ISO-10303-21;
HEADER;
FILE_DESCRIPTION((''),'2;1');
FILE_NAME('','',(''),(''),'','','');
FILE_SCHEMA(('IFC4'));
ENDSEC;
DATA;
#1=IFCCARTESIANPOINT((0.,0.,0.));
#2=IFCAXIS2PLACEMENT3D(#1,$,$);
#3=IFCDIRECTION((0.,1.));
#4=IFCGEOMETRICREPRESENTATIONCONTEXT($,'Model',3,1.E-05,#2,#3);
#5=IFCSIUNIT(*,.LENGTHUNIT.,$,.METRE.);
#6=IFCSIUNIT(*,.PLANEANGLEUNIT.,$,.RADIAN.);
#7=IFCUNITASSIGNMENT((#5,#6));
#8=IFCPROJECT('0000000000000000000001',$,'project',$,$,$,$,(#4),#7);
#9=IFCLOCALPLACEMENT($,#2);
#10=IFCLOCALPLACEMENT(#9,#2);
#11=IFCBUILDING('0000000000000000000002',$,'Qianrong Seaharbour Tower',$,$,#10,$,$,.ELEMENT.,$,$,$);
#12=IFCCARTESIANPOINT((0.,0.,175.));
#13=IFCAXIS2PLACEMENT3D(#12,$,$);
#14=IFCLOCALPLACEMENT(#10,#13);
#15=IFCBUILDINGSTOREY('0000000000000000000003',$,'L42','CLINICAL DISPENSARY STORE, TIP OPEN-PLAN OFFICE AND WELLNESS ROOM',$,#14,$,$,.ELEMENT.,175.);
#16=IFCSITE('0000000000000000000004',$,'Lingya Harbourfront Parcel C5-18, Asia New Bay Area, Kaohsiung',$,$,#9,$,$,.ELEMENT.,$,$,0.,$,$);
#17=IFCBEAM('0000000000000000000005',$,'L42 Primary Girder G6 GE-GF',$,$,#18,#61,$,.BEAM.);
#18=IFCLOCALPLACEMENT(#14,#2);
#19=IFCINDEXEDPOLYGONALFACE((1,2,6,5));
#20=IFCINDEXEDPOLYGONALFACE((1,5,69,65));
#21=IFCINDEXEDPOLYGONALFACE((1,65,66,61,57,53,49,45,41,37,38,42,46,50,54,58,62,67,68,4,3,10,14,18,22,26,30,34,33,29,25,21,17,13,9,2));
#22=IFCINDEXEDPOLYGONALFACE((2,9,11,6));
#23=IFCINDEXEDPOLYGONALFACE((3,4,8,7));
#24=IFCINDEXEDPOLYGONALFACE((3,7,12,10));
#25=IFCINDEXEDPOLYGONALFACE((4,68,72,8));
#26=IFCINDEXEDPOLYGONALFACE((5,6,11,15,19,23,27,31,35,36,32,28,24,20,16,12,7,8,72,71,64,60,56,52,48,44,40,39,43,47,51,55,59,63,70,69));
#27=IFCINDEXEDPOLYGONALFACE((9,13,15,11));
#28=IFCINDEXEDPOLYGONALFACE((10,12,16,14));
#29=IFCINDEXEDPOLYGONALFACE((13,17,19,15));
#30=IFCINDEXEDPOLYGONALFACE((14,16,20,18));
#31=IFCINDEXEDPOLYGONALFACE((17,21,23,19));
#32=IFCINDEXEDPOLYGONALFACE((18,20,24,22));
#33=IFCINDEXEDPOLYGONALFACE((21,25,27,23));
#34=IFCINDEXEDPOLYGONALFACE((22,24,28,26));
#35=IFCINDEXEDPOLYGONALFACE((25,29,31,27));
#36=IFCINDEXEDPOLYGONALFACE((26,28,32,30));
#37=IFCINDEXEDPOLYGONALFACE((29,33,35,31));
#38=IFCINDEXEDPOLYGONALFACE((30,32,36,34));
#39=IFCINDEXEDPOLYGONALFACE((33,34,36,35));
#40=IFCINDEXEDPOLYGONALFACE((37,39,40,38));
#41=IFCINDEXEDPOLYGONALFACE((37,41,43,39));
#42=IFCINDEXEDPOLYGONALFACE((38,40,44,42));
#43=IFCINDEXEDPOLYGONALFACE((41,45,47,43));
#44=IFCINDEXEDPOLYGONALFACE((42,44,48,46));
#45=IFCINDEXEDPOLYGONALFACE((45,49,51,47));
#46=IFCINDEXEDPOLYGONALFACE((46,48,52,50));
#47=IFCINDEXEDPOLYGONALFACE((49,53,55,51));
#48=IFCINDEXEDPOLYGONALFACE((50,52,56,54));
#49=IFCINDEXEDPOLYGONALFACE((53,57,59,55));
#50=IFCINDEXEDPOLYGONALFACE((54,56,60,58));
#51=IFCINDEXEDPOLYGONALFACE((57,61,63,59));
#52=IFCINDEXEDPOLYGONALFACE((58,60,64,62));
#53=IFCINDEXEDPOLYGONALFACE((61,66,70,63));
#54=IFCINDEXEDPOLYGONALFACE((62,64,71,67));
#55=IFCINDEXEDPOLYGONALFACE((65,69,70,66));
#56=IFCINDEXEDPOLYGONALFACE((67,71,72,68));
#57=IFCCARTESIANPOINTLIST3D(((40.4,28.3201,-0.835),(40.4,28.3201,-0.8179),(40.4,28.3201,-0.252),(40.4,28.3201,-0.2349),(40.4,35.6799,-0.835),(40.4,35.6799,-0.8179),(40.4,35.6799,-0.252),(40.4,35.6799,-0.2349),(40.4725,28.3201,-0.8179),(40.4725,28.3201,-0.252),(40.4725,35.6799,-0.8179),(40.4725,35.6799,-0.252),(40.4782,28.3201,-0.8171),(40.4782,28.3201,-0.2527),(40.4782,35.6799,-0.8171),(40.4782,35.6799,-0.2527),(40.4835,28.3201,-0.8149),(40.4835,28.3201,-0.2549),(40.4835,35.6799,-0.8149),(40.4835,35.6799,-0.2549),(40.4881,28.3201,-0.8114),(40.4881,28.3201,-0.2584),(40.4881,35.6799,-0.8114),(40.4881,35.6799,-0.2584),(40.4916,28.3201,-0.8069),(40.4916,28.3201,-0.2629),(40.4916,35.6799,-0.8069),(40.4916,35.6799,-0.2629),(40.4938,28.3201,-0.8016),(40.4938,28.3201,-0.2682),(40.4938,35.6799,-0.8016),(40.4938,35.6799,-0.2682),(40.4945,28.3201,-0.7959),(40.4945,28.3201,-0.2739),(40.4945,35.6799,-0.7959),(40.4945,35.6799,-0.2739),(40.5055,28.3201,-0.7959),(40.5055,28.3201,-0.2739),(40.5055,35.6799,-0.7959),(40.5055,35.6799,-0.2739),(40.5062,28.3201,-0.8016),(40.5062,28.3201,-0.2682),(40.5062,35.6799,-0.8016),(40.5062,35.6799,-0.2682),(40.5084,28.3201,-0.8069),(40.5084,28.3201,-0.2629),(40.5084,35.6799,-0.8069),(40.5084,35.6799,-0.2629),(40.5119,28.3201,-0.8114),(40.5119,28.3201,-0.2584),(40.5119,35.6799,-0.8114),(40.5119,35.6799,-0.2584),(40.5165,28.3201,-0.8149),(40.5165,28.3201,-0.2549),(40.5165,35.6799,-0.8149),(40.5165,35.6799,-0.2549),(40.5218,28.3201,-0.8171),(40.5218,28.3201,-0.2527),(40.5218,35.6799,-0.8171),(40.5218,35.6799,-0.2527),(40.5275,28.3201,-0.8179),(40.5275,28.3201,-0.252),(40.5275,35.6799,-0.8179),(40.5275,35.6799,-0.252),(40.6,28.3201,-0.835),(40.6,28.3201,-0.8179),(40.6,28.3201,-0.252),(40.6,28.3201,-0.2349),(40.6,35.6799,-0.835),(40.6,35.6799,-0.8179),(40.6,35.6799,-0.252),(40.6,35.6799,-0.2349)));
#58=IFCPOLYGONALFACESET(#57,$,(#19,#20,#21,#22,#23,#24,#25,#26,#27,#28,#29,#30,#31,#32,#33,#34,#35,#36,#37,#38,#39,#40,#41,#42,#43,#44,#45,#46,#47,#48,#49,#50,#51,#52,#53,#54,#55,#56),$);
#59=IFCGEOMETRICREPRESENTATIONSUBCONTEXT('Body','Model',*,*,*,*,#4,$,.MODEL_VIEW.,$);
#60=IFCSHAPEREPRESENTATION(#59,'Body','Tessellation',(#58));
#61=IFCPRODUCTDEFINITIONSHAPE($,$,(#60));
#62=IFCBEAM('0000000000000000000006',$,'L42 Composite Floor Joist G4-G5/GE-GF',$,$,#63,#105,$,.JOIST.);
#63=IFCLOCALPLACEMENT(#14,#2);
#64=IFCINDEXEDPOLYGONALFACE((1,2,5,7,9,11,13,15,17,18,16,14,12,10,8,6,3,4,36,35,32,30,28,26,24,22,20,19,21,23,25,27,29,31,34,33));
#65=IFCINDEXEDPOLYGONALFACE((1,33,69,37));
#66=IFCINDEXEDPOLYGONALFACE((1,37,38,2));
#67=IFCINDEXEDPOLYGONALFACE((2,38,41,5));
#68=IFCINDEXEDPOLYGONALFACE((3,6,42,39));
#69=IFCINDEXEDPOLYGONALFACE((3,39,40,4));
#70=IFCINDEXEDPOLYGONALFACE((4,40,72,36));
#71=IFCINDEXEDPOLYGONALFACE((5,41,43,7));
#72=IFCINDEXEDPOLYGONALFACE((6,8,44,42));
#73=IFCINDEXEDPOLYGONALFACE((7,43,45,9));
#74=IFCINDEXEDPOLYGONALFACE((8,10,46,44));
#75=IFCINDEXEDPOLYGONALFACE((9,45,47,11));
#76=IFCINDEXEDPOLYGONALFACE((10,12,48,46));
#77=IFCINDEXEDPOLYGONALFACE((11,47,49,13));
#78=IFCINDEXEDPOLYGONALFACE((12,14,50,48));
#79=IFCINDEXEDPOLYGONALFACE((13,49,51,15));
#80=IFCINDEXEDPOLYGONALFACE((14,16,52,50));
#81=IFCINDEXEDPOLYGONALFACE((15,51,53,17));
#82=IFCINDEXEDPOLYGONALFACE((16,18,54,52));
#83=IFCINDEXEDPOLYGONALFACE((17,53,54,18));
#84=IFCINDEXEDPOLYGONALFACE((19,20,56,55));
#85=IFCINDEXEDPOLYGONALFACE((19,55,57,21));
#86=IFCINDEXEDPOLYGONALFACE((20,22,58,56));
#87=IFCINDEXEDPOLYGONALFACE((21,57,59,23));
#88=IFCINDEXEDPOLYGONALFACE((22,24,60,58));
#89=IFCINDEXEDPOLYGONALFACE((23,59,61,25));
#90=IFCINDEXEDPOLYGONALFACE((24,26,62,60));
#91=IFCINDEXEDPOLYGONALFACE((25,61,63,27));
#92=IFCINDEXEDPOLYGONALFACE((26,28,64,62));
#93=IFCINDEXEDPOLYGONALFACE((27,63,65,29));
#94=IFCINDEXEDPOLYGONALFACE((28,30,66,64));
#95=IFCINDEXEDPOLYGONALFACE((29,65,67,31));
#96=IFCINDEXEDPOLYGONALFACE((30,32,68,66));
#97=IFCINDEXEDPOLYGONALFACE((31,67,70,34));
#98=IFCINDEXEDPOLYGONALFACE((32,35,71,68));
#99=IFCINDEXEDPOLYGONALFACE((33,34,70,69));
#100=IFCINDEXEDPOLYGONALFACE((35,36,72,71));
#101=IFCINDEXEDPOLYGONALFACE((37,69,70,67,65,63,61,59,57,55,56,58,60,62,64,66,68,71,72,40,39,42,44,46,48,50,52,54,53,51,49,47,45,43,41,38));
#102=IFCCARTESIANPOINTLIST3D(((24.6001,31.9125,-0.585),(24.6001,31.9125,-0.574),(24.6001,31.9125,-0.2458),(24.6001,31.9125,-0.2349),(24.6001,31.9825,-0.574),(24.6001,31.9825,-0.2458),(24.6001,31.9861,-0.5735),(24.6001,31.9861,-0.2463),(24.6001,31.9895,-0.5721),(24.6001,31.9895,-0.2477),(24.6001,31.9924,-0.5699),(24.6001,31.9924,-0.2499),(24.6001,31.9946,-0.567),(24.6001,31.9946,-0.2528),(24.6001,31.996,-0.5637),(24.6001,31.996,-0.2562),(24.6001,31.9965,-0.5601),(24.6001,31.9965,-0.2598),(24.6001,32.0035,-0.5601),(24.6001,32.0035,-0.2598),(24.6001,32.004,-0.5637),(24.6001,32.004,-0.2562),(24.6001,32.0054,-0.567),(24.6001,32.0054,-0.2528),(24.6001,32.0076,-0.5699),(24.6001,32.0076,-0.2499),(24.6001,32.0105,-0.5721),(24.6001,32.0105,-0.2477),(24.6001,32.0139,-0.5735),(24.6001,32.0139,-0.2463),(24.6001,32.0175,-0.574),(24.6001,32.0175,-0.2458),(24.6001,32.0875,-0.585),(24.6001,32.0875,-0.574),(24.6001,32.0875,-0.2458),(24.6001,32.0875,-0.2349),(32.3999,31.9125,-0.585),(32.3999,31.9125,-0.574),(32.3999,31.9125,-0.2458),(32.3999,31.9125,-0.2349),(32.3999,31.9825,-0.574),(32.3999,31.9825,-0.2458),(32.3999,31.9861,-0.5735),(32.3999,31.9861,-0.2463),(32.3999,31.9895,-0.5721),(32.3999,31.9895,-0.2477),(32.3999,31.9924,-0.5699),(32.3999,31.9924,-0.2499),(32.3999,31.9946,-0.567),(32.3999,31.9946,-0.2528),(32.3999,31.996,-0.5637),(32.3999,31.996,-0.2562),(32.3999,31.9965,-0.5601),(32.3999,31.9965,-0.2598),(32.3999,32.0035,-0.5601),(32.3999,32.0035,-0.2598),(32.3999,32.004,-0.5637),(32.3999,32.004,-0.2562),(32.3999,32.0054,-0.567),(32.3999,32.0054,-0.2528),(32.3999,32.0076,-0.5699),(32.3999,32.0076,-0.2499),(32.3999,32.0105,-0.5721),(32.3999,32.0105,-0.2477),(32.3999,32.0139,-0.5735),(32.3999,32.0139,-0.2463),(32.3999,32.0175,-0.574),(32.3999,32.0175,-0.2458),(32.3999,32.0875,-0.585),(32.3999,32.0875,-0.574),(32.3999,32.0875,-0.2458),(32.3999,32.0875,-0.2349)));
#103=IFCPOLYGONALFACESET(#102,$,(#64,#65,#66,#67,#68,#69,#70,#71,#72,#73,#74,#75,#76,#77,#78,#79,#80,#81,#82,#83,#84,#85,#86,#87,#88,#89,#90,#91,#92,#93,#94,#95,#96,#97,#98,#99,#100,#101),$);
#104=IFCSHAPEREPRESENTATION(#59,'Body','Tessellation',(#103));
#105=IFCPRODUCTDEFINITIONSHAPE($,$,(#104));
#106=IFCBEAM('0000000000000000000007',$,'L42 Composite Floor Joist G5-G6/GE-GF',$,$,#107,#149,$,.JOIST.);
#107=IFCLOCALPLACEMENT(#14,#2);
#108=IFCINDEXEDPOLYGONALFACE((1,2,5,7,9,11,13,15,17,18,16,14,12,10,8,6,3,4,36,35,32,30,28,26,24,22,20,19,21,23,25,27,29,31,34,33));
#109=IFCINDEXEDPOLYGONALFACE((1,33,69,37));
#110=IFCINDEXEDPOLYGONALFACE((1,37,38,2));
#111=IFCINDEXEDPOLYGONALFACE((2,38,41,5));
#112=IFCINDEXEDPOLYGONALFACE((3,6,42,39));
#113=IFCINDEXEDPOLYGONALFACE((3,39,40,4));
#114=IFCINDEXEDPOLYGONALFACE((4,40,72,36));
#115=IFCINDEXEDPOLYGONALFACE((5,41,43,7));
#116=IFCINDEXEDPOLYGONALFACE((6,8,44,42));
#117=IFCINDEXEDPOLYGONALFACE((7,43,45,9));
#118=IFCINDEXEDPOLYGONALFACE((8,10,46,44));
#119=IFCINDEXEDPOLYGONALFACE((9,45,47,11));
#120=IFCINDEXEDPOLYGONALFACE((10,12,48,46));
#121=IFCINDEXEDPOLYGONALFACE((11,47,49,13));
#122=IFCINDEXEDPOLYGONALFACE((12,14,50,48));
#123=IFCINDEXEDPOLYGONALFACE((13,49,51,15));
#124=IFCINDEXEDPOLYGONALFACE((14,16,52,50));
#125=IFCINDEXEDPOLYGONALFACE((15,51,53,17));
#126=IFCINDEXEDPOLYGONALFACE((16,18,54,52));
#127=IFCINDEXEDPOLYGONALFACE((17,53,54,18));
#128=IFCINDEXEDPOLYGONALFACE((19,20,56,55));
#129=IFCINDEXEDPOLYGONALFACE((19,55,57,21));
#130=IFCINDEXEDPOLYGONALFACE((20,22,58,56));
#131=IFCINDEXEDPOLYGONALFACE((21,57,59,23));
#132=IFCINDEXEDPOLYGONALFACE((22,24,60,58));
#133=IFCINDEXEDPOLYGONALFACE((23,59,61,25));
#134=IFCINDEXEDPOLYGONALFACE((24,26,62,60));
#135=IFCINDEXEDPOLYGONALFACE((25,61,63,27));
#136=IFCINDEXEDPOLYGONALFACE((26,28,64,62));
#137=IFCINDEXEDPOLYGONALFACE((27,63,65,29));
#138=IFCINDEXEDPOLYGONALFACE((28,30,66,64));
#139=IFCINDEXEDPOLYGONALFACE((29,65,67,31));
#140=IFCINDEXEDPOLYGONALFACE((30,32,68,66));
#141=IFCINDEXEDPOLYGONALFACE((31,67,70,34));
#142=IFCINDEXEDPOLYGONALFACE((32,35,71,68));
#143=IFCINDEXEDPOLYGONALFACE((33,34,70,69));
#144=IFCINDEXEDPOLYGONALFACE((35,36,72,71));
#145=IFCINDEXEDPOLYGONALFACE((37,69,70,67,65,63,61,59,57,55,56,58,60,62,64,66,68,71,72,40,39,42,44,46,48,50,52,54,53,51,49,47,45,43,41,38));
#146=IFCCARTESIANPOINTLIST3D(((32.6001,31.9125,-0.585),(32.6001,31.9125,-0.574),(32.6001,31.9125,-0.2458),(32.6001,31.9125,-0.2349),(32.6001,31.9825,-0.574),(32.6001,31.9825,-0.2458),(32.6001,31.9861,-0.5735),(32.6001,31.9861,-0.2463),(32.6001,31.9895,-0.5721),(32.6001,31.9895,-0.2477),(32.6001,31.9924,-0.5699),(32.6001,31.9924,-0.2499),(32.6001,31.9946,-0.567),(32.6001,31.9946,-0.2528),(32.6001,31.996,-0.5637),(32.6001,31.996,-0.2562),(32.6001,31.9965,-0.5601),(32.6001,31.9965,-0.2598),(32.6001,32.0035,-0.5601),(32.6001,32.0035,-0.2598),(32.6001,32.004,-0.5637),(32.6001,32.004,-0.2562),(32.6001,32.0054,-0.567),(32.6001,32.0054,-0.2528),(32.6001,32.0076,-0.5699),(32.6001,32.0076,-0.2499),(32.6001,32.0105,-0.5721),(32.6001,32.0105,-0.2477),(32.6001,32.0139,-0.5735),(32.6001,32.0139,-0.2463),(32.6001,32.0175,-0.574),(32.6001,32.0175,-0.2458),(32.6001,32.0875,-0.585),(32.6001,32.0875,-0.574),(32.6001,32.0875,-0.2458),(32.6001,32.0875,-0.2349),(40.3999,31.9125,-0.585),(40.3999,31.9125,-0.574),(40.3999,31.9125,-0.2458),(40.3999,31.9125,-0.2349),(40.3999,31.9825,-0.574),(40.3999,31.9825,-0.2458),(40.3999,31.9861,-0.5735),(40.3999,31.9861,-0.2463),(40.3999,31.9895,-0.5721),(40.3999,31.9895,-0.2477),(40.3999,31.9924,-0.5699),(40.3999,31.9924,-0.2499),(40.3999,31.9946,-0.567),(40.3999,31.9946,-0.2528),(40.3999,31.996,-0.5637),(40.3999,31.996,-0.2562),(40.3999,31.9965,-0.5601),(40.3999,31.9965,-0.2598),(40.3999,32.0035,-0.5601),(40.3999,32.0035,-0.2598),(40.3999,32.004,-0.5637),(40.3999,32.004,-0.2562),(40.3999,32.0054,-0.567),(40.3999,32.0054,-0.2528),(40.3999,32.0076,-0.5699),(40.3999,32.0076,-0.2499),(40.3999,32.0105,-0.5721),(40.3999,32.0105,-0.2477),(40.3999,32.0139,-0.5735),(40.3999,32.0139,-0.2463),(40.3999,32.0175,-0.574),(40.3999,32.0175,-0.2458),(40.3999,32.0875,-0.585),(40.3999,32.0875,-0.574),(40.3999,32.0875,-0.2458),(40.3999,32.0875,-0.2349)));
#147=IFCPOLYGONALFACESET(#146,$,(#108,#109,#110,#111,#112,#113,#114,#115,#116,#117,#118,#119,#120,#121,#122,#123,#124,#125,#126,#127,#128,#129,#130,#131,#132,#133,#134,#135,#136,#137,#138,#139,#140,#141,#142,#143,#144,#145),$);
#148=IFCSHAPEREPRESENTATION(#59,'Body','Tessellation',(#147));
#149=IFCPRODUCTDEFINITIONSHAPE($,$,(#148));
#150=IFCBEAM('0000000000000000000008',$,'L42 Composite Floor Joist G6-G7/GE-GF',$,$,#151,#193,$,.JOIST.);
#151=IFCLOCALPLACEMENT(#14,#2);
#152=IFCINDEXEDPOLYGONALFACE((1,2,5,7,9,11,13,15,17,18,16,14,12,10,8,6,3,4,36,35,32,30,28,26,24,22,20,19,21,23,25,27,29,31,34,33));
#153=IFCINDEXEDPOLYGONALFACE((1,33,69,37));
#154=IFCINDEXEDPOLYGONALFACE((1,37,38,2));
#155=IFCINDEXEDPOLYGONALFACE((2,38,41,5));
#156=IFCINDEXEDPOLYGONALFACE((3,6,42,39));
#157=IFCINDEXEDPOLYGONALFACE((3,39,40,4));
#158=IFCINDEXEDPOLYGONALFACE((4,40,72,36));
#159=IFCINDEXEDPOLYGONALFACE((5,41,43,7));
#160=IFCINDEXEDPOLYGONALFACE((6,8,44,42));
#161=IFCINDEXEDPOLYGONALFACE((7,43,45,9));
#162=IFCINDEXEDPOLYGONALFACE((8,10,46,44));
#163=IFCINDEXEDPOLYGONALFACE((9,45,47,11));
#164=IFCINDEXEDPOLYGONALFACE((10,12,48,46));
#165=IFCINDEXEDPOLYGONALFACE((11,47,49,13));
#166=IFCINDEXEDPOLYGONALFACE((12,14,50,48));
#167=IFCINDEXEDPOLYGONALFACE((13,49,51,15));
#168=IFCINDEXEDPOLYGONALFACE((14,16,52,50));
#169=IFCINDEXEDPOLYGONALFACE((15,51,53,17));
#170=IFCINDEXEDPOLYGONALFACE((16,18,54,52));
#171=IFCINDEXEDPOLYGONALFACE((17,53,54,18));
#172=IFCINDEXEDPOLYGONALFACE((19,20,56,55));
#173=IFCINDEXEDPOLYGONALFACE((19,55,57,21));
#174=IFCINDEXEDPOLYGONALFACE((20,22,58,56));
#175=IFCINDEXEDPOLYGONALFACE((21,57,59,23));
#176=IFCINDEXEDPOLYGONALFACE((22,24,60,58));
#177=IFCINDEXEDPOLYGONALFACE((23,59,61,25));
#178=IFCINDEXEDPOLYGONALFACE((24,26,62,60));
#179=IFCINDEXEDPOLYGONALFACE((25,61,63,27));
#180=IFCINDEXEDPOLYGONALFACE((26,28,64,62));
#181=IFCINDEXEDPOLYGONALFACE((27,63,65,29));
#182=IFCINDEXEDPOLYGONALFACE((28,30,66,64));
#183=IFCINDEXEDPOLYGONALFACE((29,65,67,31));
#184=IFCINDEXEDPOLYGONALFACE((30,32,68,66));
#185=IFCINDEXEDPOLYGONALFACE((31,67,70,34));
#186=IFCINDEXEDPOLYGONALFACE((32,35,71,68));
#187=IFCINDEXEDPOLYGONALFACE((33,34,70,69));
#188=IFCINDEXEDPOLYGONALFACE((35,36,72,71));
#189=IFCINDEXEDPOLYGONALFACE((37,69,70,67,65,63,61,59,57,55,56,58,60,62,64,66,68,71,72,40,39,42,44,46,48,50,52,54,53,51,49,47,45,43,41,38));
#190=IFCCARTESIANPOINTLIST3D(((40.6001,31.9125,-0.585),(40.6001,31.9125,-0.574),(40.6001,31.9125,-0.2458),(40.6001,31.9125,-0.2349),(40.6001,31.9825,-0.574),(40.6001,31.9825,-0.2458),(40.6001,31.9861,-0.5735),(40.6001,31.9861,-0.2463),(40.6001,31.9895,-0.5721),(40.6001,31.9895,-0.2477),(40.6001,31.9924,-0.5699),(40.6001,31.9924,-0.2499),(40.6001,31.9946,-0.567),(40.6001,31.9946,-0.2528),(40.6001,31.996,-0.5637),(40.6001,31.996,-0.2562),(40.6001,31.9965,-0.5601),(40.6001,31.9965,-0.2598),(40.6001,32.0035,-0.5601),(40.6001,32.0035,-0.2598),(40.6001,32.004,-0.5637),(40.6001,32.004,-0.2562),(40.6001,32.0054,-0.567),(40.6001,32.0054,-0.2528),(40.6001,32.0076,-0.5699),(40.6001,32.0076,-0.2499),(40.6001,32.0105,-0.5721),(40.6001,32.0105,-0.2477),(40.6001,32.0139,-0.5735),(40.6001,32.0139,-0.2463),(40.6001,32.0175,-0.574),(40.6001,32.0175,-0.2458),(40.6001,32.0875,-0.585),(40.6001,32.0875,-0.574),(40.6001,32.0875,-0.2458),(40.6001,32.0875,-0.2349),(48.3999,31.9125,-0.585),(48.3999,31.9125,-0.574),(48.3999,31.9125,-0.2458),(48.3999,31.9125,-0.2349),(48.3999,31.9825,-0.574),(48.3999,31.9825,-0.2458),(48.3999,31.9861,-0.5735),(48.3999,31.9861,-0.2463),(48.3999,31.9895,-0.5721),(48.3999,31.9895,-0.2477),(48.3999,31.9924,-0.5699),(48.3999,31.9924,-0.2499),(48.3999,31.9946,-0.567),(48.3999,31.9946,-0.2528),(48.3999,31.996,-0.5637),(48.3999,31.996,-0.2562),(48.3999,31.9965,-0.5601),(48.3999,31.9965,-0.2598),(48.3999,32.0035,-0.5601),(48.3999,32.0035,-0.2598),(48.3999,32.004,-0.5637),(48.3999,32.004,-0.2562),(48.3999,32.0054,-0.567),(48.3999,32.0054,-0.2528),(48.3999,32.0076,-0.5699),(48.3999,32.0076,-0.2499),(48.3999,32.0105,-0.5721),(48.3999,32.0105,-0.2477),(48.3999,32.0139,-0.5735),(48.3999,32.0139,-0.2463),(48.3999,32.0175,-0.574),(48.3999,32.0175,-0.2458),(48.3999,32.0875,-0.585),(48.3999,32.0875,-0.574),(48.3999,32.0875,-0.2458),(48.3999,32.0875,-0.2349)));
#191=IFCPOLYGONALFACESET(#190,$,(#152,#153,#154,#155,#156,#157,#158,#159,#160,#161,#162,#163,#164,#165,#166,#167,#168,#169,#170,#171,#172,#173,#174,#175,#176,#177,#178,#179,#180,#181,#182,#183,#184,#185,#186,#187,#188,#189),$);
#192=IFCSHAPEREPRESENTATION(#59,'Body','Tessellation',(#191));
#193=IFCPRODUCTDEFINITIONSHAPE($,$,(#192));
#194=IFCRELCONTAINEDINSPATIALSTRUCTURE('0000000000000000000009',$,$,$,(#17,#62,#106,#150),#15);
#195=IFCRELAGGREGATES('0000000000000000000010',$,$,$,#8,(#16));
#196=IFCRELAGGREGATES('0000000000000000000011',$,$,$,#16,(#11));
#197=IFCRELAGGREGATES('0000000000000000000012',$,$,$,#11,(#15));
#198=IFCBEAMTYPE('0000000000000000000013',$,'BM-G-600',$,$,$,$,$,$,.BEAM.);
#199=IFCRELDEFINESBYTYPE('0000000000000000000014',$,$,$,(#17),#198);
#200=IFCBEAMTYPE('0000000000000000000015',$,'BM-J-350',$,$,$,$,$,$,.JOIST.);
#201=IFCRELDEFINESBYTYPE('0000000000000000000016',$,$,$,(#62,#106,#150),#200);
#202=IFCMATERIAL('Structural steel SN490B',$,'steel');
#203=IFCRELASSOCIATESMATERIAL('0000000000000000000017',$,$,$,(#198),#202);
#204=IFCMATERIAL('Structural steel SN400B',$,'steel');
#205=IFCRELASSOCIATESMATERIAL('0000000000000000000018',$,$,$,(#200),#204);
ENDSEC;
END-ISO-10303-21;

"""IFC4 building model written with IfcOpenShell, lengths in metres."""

from ifc_helpers import new_model, si_unit, direction, frame, origin, origin_2d, place, context, subcontext, project, spatial, i_section, extrude, material, material_profile, profile_set, type_object, element, save


model = new_model("IFC4")

# Units and contexts
model_context = context("Model", 3, precision=1e-05, world=origin(), true_north=direction((0.0, 1.0)))
body_context = subcontext(model_context, "Body", "Model", "MODEL_VIEW")
ifc_project = project(units=[si_unit("LENGTHUNIT", "METRE"), si_unit("PLANEANGLEUNIT", "RADIAN")], contexts=[model_context])

# Site, building, storey
site_placement = place(None, origin())
site = spatial("IfcSite", under=ifc_project, at=site_placement, Name="Lingya Harbourfront Parcel C5-18, Asia New Bay Area, Kaohsiung", CompositionType="ELEMENT", RefElevation=0.0)
building_placement = place(site_placement, origin())
building = spatial("IfcBuilding", under=site, at=building_placement, Name="Qianrong Seaharbour Tower", CompositionType="ELEMENT")
storey_placement = place(building_placement, frame((0.0, 0.0, 175.0)))
storey = spatial("IfcBuildingStorey", under=building, at=storey_placement, Name="L42", Description="CLINICAL DISPENSARY STORE, TIP OPEN-PLAN OFFICE AND WELLNESS ROOM", CompositionType="ELEMENT", Elevation=175.0)

# Shared definitions
ifc_material_1 = material(Name="Structural steel SN490B", Category="steel")

# Beams
ifc_material_profile_1 = material_profile(ifc_material_1, i_section(OverallWidth=0.2, OverallDepth=0.6001, WebThickness=0.011, FlangeThickness=0.0171, FilletRadius=0.022, at=origin_2d()), Name="H600x200x11x17")
ifc_profile_set_1 = profile_set([ifc_material_profile_1], Name="Structural steel SN490B")
beam_type_1 = type_object("IfcBeamType", Name="BM-G-600", PredefinedType="BEAM", material=ifc_profile_set_1)
for number, where, z_axis, x_axis, name in (
    (1, (40.5, 28.3201, -0.5349), (0.0, 1.0, 0.0), (-1.0, 0.0, 0.0), "L42 Primary Girder G6 GE-GF"),
):
    element("IfcBeam", number, at=place(storey_placement, frame(where, z_axis=z_axis, x_axis=x_axis)), inside=storey, type_object=beam_type_1, Name=name, PredefinedType="BEAM", context=body_context, shape_type="SweptSolid", body=[
        extrude(i_section(OverallWidth=0.2, OverallDepth=0.6001, WebThickness=0.011, FlangeThickness=0.0171, FilletRadius=0.022, at=origin_2d()), origin(), (0.0, 0.0, 1.0), 7.3599),
    ])
ifc_material_2 = material(Name="Structural steel SN400B", Category="steel")
ifc_material_profile_2 = material_profile(ifc_material_2, i_section(OverallWidth=0.175, OverallDepth=0.3501, WebThickness=0.0071, FlangeThickness=0.011, FilletRadius=0.0139, at=origin_2d()), Name="H350x175x7x11")
ifc_profile_set_2 = profile_set([ifc_material_profile_2], Name="Structural steel SN400B")
beam_type_2 = type_object("IfcBeamType", Name="BM-J-350", PredefinedType="JOIST", material=ifc_profile_set_2)
for number, where, z_axis, x_axis, name in (
    (2, (24.6001, 32.0, -0.4099), (1.0, 0.0, 0.0), (0.0, 1.0, 0.0), "L42 Composite Floor Joist G4-G5/GE-GF"),
    (3, (32.6001, 32.0, -0.4099), (1.0, 0.0, 0.0), (0.0, 1.0, 0.0), "L42 Composite Floor Joist G5-G6/GE-GF"),
    (4, (40.6001, 32.0, -0.4099), (1.0, 0.0, 0.0), (0.0, 1.0, 0.0), "L42 Composite Floor Joist G6-G7/GE-GF"),
):
    element("IfcBeam", number, at=place(storey_placement, frame(where, z_axis=z_axis, x_axis=x_axis)), inside=storey, type_object=beam_type_2, Name=name, PredefinedType="JOIST", context=body_context, shape_type="SweptSolid", body=[
        extrude(i_section(OverallWidth=0.175, OverallDepth=0.3501, WebThickness=0.0071, FlangeThickness=0.011, FilletRadius=0.0139, at=origin_2d()), origin(), (0.0, 0.0, 1.0), 7.7998),
    ])

save(model, "model.ifc")
